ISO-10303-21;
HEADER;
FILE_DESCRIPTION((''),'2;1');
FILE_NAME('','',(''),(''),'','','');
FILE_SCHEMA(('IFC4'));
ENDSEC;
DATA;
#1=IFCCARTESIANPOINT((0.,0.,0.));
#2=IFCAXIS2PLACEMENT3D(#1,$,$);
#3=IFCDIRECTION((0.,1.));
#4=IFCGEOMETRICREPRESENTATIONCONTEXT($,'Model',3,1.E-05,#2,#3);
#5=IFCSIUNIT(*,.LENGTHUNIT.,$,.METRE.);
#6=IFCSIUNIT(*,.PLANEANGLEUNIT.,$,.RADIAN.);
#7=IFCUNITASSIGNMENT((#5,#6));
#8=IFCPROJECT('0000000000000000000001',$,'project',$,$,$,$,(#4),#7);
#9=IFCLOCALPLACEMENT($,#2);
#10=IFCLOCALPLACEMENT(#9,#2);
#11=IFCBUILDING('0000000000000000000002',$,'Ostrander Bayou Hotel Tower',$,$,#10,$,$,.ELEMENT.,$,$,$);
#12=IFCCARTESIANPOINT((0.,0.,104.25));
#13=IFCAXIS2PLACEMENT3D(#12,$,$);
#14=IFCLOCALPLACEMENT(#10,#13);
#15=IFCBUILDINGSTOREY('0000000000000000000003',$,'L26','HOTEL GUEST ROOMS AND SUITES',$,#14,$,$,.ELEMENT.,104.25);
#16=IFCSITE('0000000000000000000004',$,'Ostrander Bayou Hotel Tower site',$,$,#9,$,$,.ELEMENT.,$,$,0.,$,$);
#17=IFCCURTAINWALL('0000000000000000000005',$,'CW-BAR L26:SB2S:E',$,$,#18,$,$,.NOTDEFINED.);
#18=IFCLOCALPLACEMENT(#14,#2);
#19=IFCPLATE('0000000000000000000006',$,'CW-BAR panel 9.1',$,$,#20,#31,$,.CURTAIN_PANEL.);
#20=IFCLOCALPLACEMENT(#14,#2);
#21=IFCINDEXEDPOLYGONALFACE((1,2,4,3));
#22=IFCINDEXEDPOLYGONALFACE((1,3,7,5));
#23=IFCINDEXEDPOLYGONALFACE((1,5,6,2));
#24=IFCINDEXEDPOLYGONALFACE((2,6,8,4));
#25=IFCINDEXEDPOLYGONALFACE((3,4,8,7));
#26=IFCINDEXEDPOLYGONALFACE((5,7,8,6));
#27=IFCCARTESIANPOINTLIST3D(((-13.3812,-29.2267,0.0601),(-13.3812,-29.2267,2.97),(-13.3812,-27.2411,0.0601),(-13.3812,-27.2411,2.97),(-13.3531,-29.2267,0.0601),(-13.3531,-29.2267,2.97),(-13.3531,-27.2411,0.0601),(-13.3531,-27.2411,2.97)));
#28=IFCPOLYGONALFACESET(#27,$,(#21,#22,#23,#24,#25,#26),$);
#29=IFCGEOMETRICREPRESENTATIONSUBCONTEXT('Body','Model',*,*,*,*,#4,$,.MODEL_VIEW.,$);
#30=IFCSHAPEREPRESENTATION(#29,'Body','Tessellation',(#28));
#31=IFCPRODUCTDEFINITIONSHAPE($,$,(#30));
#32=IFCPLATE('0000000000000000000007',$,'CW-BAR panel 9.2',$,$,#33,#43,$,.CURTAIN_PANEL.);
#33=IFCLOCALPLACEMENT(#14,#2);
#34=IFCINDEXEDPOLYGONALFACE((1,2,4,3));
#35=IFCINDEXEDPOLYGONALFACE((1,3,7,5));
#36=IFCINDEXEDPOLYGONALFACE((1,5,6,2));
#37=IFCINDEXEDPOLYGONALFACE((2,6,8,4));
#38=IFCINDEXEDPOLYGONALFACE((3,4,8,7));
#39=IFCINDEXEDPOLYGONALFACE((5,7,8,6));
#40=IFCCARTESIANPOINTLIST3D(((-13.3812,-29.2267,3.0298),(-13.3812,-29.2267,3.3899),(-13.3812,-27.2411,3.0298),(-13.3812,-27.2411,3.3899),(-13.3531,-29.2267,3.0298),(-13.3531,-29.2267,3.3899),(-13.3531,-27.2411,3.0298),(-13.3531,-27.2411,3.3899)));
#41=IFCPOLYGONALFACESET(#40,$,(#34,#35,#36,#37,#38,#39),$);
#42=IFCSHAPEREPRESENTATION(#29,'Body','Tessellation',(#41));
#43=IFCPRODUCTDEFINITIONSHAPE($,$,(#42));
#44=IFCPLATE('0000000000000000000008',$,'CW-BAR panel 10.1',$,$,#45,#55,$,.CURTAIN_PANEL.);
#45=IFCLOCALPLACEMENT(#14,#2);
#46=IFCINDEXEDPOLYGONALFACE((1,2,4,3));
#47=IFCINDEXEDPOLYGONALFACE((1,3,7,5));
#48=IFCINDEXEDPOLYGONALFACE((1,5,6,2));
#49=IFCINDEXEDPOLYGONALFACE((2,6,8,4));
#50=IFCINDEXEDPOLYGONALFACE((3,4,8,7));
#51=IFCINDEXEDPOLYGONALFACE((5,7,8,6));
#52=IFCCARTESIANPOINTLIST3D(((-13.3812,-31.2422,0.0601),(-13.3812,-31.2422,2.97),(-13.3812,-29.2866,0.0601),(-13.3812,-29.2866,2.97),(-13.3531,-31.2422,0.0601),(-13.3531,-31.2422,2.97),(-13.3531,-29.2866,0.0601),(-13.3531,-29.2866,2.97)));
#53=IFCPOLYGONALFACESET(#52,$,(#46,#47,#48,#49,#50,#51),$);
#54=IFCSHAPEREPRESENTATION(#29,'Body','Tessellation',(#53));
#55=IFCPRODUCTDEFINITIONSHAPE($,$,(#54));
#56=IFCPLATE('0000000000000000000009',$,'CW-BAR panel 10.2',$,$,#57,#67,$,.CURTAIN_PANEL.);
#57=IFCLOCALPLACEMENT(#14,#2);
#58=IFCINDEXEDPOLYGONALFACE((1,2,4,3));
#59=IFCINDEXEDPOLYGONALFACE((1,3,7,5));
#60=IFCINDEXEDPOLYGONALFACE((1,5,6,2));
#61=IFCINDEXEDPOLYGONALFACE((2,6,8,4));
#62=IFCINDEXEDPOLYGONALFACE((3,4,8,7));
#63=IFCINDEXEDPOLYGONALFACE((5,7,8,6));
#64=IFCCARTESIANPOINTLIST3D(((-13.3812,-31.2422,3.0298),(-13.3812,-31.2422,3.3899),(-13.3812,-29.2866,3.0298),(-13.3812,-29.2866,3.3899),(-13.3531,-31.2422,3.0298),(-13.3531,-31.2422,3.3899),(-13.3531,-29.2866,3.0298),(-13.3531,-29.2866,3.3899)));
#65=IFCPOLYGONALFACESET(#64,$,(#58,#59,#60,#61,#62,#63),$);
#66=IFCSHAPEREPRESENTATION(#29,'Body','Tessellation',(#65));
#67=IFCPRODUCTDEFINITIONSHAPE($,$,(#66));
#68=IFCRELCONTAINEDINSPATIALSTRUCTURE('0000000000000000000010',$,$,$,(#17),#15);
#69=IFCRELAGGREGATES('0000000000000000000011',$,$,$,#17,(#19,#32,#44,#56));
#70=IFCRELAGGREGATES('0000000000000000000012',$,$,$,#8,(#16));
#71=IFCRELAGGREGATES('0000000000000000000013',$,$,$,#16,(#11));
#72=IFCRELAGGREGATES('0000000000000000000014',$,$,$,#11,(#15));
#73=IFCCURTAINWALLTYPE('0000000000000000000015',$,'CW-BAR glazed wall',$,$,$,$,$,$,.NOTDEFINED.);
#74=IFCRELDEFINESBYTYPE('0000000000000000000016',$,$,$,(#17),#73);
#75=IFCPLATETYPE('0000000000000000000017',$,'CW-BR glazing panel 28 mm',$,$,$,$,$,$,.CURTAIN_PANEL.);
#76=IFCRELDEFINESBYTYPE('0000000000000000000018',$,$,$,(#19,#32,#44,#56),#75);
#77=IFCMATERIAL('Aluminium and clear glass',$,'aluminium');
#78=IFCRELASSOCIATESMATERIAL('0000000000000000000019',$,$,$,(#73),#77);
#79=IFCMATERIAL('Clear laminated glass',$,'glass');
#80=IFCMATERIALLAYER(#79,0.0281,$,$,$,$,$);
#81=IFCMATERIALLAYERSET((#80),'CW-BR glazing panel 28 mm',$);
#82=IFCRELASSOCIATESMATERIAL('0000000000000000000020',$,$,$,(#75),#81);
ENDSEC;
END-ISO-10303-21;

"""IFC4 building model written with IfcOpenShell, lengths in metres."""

from ifc_helpers import new_model, si_unit, direction, frame, origin, origin_2d, place, context, subcontext, project, spatial, rectangle, extrude, material, layer, layer_set, type_object, element, aggregate, save


model = new_model("IFC4")

# Units and contexts
model_context = context("Model", 3, precision=1e-05, world=origin(), true_north=direction((0.0, 1.0)))
body_context = subcontext(model_context, "Body", "Model", "MODEL_VIEW")
ifc_project = project(units=[si_unit("LENGTHUNIT", "METRE"), si_unit("PLANEANGLEUNIT", "RADIAN")], contexts=[model_context])

# Site, building, storey
site_placement = place(None, origin())
site = spatial("IfcSite", under=ifc_project, at=site_placement, Name="Ostrander Bayou Hotel Tower site", CompositionType="ELEMENT", RefElevation=0.0)
building_placement = place(site_placement, origin())
building = spatial("IfcBuilding", under=site, at=building_placement, Name="Ostrander Bayou Hotel Tower", CompositionType="ELEMENT")
storey_placement = place(building_placement, frame((0.0, 0.0, 104.25)))
storey = spatial("IfcBuildingStorey", under=building, at=storey_placement, Name="L26", Description="HOTEL GUEST ROOMS AND SUITES", CompositionType="ELEMENT", Elevation=104.25)

# Curtain wall
ifc_material_1 = material(Name="Aluminium and clear glass", Category="aluminium")
curtain_wall_type = type_object("IfcCurtainWallType", Name="CW-BAR glazed wall", PredefinedType="NOTDEFINED", material=ifc_material_1)
curtain_wall_placement = place(storey_placement, origin())
curtain_wall = element("IfcCurtainWall", 1, at=curtain_wall_placement, inside=storey, type_object=curtain_wall_type, Name="CW-BAR L26:SB2S:E", PredefinedType="NOTDEFINED")

# Plates
ifc_material_2 = material(Name="Clear laminated glass", Category="glass")
ifc_layer_1 = layer(ifc_material_2, 0.0281)
ifc_layer_set_1 = layer_set([ifc_layer_1], Name="CW-BR glazing panel 28 mm")
plate_type = type_object("IfcPlateType", Name="CW-BR glazing panel 28 mm", PredefinedType="CURTAIN_PANEL", material=ifc_layer_set_1)
plate_1_placement = place(storey_placement, frame((-13.3672, -28.2339, 0.0601), z_axis=(0.0, 0.0, 1.0), x_axis=(0.0, -1.0, 0.0)))
plate_1 = element("IfcPlate", 2, at=plate_1_placement, type_object=plate_type, Name="CW-BAR panel 9.1", PredefinedType="CURTAIN_PANEL", context=body_context, shape_type="SweptSolid", body=[
    extrude(rectangle(XDim=1.9856, YDim=0.0281, at=origin_2d()), origin(), (0.0, 0.0, 1.0), 2.9099),
])
plate_2_placement = place(storey_placement, frame((-13.3672, -28.2339, 3.0298), z_axis=(0.0, 0.0, 1.0), x_axis=(0.0, -1.0, 0.0)))
plate_2 = element("IfcPlate", 3, at=plate_2_placement, type_object=plate_type, Name="CW-BAR panel 9.2", PredefinedType="CURTAIN_PANEL", context=body_context, shape_type="SweptSolid", body=[
    extrude(rectangle(XDim=1.9856, YDim=0.0281, at=origin_2d()), origin(), (0.0, 0.0, 1.0), 0.3601),
])
plate_3_placement = place(storey_placement, frame((-13.3672, -30.2644, 0.0601), z_axis=(0.0, 0.0, 1.0), x_axis=(0.0, -1.0, 0.0)))
plate_3 = element("IfcPlate", 4, at=plate_3_placement, type_object=plate_type, Name="CW-BAR panel 10.1", PredefinedType="CURTAIN_PANEL", context=body_context, shape_type="SweptSolid", body=[
    extrude(rectangle(XDim=1.9556, YDim=0.0281, at=origin_2d()), origin(), (0.0, 0.0, 1.0), 2.9099),
])
plate_4_placement = place(storey_placement, frame((-13.3672, -30.2644, 3.0298), z_axis=(0.0, 0.0, 1.0), x_axis=(0.0, -1.0, 0.0)))
plate_4 = element("IfcPlate", 5, at=plate_4_placement, type_object=plate_type, Name="CW-BAR panel 10.2", PredefinedType="CURTAIN_PANEL", context=body_context, shape_type="SweptSolid", body=[
    extrude(rectangle(XDim=1.9556, YDim=0.0281, at=origin_2d()), origin(), (0.0, 0.0, 1.0), 0.3601),
])
aggregate(curtain_wall, [plate_1, plate_2, plate_3, plate_4])

save(model, "model.ifc")
